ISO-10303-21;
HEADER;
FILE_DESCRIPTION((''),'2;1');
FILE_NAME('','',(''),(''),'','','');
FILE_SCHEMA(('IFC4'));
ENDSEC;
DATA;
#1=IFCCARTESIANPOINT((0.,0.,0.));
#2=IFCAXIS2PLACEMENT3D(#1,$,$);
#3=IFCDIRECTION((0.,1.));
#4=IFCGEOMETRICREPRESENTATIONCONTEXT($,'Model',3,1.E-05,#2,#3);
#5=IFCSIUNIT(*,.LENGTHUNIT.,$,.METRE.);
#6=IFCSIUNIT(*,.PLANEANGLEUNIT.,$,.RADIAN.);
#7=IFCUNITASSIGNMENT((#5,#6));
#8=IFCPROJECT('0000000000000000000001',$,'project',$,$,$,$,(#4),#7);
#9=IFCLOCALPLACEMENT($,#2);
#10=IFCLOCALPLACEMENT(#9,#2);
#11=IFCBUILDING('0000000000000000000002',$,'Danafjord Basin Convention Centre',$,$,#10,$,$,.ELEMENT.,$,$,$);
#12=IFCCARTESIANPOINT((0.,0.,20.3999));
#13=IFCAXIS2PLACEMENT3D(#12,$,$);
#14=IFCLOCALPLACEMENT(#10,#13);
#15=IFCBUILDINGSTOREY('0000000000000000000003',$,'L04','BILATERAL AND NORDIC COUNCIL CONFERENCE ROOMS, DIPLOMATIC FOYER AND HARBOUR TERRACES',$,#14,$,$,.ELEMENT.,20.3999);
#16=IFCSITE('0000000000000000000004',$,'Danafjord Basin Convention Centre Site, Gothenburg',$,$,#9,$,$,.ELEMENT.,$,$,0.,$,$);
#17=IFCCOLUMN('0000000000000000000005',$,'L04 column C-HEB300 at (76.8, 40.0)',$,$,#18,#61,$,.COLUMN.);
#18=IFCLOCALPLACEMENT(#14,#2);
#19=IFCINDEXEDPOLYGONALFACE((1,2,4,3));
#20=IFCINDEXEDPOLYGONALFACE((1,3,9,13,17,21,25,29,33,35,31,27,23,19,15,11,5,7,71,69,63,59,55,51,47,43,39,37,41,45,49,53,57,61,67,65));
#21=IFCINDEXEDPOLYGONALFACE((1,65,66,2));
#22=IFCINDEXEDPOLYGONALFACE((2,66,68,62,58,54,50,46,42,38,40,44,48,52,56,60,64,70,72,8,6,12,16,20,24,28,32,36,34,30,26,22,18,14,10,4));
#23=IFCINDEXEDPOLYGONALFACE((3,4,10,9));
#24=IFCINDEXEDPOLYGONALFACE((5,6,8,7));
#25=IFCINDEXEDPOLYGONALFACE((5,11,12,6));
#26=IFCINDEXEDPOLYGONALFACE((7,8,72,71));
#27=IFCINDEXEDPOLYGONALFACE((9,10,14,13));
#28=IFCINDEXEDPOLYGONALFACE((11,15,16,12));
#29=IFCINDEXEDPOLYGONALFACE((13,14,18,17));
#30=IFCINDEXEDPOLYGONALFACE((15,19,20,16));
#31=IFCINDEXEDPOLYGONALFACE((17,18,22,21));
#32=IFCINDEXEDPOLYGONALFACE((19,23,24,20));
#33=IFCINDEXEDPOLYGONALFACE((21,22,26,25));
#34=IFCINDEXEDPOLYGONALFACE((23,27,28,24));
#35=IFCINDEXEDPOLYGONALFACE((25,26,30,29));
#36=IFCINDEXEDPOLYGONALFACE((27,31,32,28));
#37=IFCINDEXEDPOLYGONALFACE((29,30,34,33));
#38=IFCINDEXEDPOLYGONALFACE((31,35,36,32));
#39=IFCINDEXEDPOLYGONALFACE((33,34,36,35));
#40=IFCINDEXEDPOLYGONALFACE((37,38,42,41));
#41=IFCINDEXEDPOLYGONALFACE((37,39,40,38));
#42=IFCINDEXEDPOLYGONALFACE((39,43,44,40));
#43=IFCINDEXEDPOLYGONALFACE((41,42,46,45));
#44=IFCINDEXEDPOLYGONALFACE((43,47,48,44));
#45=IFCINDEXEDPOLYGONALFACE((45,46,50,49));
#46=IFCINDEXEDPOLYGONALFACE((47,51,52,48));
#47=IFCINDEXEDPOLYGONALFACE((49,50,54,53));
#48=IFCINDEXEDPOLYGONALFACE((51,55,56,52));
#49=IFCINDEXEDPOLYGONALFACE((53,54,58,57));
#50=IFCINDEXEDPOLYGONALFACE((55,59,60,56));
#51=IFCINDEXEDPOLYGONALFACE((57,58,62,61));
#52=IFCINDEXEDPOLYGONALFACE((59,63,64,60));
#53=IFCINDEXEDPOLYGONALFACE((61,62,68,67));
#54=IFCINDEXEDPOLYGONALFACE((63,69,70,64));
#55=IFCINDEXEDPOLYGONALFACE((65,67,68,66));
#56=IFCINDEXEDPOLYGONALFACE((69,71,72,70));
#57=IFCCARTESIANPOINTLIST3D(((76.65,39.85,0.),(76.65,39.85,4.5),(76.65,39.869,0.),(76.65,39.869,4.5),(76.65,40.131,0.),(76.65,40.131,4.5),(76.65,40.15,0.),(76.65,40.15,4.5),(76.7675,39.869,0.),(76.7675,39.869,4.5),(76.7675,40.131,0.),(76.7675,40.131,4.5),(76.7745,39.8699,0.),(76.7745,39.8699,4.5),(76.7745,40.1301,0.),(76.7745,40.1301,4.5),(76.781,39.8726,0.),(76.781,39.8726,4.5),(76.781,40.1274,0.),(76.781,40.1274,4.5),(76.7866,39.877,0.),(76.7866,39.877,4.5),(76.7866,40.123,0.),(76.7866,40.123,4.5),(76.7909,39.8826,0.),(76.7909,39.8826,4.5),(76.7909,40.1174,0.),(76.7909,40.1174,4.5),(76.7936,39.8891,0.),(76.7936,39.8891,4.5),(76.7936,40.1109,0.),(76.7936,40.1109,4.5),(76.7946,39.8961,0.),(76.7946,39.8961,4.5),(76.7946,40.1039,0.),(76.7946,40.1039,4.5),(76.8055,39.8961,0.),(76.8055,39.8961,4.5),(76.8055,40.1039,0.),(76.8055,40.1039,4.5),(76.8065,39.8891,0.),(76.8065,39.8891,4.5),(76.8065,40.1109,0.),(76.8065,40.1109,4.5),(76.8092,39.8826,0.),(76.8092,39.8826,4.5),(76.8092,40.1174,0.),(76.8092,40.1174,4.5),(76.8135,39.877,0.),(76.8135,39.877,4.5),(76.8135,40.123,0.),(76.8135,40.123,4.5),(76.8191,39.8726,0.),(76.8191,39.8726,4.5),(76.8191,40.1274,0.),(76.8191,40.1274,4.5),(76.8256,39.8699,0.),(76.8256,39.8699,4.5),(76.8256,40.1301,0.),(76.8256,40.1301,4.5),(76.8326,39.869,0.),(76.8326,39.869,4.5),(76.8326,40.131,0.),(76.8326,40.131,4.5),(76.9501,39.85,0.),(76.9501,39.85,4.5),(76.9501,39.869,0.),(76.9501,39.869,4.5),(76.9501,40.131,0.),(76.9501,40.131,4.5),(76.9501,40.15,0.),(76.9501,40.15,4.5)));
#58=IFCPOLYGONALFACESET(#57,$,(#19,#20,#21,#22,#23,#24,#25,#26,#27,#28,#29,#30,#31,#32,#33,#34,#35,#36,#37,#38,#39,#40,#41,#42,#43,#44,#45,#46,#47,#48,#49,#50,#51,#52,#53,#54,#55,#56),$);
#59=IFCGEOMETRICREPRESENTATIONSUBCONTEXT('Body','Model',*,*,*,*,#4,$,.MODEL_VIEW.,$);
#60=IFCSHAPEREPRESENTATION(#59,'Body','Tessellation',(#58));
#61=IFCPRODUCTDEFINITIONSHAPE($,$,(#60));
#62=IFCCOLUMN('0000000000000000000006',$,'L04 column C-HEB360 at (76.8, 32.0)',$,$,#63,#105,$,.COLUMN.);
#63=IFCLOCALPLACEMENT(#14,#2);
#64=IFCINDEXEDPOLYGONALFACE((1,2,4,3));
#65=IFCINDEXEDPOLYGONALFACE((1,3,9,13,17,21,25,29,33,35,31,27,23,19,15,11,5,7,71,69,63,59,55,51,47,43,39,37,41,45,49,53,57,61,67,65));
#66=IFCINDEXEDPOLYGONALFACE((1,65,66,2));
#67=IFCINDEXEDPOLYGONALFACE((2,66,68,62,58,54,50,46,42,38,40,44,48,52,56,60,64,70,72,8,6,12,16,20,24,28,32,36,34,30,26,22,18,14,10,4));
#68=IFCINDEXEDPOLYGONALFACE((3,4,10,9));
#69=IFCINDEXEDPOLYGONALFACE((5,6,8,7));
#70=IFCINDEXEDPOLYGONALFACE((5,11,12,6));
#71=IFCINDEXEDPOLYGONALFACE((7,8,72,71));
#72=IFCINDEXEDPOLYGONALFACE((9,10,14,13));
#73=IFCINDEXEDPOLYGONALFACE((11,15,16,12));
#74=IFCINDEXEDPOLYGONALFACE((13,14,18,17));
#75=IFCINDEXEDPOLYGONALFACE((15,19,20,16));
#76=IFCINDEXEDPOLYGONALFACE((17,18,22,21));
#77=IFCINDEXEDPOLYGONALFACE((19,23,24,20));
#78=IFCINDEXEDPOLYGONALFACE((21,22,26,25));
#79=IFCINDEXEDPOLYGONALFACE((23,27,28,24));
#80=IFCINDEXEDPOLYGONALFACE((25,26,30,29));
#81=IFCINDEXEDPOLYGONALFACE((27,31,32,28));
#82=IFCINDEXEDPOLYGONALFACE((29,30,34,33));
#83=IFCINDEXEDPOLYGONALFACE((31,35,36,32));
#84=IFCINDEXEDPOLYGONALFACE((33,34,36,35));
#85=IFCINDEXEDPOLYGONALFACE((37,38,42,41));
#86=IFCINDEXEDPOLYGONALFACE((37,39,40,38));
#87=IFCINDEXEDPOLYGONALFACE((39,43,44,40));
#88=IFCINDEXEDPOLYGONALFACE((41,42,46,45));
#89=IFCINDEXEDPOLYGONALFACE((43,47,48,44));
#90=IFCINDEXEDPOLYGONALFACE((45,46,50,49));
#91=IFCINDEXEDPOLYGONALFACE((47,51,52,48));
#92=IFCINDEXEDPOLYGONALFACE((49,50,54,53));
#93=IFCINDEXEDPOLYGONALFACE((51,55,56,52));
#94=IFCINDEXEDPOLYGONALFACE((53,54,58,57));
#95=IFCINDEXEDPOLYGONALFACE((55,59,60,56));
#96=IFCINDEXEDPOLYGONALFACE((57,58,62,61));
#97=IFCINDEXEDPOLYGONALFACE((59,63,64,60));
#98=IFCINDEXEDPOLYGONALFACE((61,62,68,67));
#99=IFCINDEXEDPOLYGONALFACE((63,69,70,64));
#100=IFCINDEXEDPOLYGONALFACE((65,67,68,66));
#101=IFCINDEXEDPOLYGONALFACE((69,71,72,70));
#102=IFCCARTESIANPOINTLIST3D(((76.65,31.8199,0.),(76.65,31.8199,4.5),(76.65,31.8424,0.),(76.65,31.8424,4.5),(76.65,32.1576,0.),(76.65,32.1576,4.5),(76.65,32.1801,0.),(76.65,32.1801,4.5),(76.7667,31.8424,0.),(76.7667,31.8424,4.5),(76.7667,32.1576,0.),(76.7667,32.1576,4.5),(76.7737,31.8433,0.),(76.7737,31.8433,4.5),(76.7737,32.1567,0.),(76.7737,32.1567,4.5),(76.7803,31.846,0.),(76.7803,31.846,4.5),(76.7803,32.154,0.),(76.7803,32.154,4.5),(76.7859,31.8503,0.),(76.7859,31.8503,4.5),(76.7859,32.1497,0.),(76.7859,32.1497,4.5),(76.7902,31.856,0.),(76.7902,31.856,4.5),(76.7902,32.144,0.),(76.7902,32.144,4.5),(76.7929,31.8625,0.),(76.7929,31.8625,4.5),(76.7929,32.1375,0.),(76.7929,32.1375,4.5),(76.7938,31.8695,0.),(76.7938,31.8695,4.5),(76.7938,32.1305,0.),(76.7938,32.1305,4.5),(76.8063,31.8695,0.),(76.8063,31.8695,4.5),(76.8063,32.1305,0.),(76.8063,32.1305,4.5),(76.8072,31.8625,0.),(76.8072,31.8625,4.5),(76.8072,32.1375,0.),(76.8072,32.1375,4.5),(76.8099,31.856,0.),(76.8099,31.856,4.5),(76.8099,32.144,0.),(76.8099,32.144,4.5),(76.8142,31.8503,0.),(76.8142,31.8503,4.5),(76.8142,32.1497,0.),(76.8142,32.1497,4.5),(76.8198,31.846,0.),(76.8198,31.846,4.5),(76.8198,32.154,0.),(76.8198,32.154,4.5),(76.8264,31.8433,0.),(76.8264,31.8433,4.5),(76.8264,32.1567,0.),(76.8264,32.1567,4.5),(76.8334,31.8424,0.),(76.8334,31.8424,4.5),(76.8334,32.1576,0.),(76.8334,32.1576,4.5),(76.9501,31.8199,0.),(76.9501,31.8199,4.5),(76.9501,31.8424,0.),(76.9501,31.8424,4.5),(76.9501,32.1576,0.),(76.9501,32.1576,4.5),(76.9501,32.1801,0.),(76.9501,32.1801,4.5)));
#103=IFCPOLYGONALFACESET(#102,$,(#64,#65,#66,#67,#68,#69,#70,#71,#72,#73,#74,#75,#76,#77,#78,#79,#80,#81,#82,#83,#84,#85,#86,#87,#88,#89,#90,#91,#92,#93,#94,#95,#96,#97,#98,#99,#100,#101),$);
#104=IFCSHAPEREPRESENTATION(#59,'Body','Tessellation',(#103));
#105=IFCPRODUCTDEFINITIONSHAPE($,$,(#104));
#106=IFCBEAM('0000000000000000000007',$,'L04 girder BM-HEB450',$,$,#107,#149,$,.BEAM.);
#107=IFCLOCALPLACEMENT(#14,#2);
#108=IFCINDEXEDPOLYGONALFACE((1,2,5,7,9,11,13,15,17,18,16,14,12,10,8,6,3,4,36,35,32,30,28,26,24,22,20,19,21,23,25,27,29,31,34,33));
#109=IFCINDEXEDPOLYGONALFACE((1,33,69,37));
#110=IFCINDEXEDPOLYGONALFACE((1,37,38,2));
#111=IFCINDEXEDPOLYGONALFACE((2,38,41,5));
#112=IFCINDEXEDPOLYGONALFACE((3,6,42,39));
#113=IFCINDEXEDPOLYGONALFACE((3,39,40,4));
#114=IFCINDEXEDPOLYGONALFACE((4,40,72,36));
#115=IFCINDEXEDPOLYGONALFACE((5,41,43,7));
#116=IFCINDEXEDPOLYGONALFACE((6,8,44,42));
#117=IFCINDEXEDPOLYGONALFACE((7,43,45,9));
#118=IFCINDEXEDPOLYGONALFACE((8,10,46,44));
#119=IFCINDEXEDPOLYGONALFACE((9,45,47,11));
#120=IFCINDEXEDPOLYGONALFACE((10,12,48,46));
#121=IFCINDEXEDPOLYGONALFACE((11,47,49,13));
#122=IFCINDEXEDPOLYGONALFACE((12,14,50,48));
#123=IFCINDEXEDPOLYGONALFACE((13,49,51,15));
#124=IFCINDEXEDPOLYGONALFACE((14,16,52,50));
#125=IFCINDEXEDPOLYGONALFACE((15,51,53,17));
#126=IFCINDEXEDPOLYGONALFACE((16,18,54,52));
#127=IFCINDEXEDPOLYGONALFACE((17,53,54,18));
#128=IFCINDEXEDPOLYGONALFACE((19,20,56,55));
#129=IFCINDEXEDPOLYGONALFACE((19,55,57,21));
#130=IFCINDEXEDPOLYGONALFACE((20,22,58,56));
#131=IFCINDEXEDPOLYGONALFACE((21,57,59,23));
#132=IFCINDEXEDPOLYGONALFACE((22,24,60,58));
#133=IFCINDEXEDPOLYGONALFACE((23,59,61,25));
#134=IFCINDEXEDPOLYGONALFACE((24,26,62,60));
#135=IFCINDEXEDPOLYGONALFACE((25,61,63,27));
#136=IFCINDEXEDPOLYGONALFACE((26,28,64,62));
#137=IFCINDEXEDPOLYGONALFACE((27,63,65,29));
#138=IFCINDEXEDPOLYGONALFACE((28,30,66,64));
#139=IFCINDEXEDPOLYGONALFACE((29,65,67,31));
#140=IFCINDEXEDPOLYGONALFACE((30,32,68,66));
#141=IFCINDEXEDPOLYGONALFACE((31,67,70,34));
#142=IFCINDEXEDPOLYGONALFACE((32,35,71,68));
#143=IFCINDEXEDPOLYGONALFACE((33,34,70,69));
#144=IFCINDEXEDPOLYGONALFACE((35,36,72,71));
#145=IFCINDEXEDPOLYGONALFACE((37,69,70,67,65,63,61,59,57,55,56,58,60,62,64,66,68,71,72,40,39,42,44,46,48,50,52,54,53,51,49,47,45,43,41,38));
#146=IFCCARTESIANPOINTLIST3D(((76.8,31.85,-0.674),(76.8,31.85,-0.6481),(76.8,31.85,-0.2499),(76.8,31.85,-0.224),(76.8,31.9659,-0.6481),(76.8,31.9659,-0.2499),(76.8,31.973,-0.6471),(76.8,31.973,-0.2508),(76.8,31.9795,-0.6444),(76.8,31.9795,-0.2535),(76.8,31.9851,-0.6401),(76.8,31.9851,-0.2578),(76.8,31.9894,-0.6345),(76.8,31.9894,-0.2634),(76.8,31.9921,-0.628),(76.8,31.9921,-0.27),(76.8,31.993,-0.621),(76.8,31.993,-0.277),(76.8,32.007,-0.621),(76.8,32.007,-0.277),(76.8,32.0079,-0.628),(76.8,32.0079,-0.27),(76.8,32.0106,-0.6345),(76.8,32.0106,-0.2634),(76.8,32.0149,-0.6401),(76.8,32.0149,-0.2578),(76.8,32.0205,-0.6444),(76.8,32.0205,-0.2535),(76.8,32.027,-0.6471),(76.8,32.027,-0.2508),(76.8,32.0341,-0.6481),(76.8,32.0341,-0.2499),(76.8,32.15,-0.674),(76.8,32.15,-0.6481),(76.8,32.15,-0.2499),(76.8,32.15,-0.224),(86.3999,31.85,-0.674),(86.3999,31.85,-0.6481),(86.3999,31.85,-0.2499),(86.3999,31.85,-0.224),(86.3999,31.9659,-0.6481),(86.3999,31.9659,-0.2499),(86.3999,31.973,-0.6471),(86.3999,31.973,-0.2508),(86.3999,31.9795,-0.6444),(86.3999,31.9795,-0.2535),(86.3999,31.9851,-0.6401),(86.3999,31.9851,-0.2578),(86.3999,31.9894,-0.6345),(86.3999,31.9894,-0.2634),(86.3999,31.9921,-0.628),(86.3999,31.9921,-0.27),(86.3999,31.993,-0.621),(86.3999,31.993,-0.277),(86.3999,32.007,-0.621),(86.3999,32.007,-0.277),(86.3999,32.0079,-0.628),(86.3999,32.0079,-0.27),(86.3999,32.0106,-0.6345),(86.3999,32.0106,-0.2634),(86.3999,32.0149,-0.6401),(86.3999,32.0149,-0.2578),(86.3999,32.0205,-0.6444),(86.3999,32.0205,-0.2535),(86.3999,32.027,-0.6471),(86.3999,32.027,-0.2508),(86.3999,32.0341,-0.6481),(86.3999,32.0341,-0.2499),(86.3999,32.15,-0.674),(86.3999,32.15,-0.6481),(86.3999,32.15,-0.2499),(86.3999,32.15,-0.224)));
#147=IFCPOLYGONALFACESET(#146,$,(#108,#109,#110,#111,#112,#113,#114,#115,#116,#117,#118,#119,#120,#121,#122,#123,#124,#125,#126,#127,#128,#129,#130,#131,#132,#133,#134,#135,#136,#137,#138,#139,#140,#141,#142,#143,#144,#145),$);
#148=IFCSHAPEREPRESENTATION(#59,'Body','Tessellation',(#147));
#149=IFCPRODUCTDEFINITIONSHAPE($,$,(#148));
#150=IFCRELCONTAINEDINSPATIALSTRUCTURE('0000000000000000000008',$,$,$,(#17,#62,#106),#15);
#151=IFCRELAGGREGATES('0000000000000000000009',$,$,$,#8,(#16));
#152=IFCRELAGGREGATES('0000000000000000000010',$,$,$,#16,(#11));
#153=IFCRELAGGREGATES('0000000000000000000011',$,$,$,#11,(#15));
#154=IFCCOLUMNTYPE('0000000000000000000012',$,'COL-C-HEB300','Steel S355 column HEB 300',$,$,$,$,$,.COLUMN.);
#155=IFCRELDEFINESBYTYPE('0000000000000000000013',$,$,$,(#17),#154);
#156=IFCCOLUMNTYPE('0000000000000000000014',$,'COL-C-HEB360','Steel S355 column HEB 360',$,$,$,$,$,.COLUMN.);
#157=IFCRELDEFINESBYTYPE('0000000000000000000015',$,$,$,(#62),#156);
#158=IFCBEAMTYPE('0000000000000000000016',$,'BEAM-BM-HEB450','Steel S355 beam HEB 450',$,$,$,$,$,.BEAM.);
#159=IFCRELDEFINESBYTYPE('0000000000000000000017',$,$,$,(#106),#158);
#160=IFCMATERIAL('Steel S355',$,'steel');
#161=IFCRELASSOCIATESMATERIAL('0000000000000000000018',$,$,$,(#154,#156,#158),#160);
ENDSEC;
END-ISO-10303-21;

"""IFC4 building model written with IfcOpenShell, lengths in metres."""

from ifc_helpers import new_model, si_unit, direction, frame, origin, origin_2d, place, context, subcontext, project, spatial, i_section, extrude, material, material_profile, profile_set, type_object, element, save


model = new_model("IFC4")

# Units and contexts
model_context = context("Model", 3, precision=1e-05, world=origin(), true_north=direction((0.0, 1.0)))
body_context = subcontext(model_context, "Body", "Model", "MODEL_VIEW")
ifc_project = project(units=[si_unit("LENGTHUNIT", "METRE"), si_unit("PLANEANGLEUNIT", "RADIAN")], contexts=[model_context])

# Site, building, storey
site_placement = place(None, origin())
site = spatial("IfcSite", under=ifc_project, at=site_placement, Name="Danafjord Basin Convention Centre Site, Gothenburg", CompositionType="ELEMENT", RefElevation=0.0)
building_placement = place(site_placement, origin())
building = spatial("IfcBuilding", under=site, at=building_placement, Name="Danafjord Basin Convention Centre", CompositionType="ELEMENT")
storey_placement = place(building_placement, frame((0.0, 0.0, 20.3999)))
storey = spatial("IfcBuildingStorey", under=building, at=storey_placement, Name="L04", Description="BILATERAL AND NORDIC COUNCIL CONFERENCE ROOMS, DIPLOMATIC FOYER AND HARBOUR TERRACES", CompositionType="ELEMENT", Elevation=20.3999)

# Columns
ifc_material_1 = material(Name="Steel S355", Category="steel")
ifc_material_profile_1 = material_profile(ifc_material_1, i_section(OverallWidth=0.3, OverallDepth=0.3, WebThickness=0.011, FlangeThickness=0.019, FilletRadius=0.0271, at=origin_2d()), Name="HEB 300")
ifc_profile_set_1 = profile_set([ifc_material_profile_1], Name="Steel S355")
column_type_1 = type_object("IfcColumnType", Name="COL-C-HEB300", Description="Steel S355 column HEB 300", PredefinedType="COLUMN", material=ifc_profile_set_1)
column_1_placement = place(storey_placement, frame((76.8, 40.0, 0.0), z_axis=(0.0, 0.0, 1.0), x_axis=(1.0, 0.0, 0.0)))
element("IfcColumn", 1, at=column_1_placement, inside=storey, type_object=column_type_1, Name="L04 column C-HEB300 at (76.8, 40.0)", PredefinedType="COLUMN", context=body_context, shape_type="SweptSolid", body=[
    extrude(i_section(OverallWidth=0.3, OverallDepth=0.3, WebThickness=0.011, FlangeThickness=0.019, FilletRadius=0.0271, at=origin_2d()), origin(), (0.0, 0.0, 1.0), 4.5),
])
ifc_material_profile_2 = material_profile(ifc_material_1, i_section(OverallWidth=0.3, OverallDepth=0.3601, WebThickness=0.0125, FlangeThickness=0.0225, FilletRadius=0.0271, at=origin_2d()), Name="HEB 360")
ifc_profile_set_2 = profile_set([ifc_material_profile_2], Name="Steel S355")
column_type_2 = type_object("IfcColumnType", Name="COL-C-HEB360", Description="Steel S355 column HEB 360", PredefinedType="COLUMN", material=ifc_profile_set_2)
column_2_placement = place(storey_placement, frame((76.8, 32.0, 0.0), z_axis=(0.0, 0.0, 1.0), x_axis=(1.0, 0.0, 0.0)))
element("IfcColumn", 2, at=column_2_placement, inside=storey, type_object=column_type_2, Name="L04 column C-HEB360 at (76.8, 32.0)", PredefinedType="COLUMN", context=body_context, shape_type="SweptSolid", body=[
    extrude(i_section(OverallWidth=0.3, OverallDepth=0.3601, WebThickness=0.0125, FlangeThickness=0.0225, FilletRadius=0.0271, at=origin_2d()), origin(), (0.0, 0.0, 1.0), 4.5),
])

# Beam
ifc_material_profile_3 = material_profile(ifc_material_1, i_section(OverallWidth=0.3, OverallDepth=0.45, WebThickness=0.0139, FlangeThickness=0.0259, FilletRadius=0.0271, at=origin_2d()), Name="HEB 450")
ifc_profile_set_3 = profile_set([ifc_material_profile_3], Name="Steel S355")
beam_type_1 = type_object("IfcBeamType", Name="BEAM-BM-HEB450", Description="Steel S355 beam HEB 450", PredefinedType="BEAM", material=ifc_profile_set_3)
beam_1_placement = place(storey_placement, frame((76.8, 32.0, -0.449), z_axis=(1.0, 0.0, 0.0), x_axis=(0.0, 1.0, 0.0)))
element("IfcBeam", 3, at=beam_1_placement, inside=storey, type_object=beam_type_1, Name="L04 girder BM-HEB450", PredefinedType="BEAM", context=body_context, shape_type="SweptSolid", body=[
    extrude(i_section(OverallWidth=0.3, OverallDepth=0.45, WebThickness=0.0139, FlangeThickness=0.0259, FilletRadius=0.0271, at=origin_2d()), origin(), (0.0, 0.0, 1.0), 9.5999),
])

save(model, "model.ifc")
